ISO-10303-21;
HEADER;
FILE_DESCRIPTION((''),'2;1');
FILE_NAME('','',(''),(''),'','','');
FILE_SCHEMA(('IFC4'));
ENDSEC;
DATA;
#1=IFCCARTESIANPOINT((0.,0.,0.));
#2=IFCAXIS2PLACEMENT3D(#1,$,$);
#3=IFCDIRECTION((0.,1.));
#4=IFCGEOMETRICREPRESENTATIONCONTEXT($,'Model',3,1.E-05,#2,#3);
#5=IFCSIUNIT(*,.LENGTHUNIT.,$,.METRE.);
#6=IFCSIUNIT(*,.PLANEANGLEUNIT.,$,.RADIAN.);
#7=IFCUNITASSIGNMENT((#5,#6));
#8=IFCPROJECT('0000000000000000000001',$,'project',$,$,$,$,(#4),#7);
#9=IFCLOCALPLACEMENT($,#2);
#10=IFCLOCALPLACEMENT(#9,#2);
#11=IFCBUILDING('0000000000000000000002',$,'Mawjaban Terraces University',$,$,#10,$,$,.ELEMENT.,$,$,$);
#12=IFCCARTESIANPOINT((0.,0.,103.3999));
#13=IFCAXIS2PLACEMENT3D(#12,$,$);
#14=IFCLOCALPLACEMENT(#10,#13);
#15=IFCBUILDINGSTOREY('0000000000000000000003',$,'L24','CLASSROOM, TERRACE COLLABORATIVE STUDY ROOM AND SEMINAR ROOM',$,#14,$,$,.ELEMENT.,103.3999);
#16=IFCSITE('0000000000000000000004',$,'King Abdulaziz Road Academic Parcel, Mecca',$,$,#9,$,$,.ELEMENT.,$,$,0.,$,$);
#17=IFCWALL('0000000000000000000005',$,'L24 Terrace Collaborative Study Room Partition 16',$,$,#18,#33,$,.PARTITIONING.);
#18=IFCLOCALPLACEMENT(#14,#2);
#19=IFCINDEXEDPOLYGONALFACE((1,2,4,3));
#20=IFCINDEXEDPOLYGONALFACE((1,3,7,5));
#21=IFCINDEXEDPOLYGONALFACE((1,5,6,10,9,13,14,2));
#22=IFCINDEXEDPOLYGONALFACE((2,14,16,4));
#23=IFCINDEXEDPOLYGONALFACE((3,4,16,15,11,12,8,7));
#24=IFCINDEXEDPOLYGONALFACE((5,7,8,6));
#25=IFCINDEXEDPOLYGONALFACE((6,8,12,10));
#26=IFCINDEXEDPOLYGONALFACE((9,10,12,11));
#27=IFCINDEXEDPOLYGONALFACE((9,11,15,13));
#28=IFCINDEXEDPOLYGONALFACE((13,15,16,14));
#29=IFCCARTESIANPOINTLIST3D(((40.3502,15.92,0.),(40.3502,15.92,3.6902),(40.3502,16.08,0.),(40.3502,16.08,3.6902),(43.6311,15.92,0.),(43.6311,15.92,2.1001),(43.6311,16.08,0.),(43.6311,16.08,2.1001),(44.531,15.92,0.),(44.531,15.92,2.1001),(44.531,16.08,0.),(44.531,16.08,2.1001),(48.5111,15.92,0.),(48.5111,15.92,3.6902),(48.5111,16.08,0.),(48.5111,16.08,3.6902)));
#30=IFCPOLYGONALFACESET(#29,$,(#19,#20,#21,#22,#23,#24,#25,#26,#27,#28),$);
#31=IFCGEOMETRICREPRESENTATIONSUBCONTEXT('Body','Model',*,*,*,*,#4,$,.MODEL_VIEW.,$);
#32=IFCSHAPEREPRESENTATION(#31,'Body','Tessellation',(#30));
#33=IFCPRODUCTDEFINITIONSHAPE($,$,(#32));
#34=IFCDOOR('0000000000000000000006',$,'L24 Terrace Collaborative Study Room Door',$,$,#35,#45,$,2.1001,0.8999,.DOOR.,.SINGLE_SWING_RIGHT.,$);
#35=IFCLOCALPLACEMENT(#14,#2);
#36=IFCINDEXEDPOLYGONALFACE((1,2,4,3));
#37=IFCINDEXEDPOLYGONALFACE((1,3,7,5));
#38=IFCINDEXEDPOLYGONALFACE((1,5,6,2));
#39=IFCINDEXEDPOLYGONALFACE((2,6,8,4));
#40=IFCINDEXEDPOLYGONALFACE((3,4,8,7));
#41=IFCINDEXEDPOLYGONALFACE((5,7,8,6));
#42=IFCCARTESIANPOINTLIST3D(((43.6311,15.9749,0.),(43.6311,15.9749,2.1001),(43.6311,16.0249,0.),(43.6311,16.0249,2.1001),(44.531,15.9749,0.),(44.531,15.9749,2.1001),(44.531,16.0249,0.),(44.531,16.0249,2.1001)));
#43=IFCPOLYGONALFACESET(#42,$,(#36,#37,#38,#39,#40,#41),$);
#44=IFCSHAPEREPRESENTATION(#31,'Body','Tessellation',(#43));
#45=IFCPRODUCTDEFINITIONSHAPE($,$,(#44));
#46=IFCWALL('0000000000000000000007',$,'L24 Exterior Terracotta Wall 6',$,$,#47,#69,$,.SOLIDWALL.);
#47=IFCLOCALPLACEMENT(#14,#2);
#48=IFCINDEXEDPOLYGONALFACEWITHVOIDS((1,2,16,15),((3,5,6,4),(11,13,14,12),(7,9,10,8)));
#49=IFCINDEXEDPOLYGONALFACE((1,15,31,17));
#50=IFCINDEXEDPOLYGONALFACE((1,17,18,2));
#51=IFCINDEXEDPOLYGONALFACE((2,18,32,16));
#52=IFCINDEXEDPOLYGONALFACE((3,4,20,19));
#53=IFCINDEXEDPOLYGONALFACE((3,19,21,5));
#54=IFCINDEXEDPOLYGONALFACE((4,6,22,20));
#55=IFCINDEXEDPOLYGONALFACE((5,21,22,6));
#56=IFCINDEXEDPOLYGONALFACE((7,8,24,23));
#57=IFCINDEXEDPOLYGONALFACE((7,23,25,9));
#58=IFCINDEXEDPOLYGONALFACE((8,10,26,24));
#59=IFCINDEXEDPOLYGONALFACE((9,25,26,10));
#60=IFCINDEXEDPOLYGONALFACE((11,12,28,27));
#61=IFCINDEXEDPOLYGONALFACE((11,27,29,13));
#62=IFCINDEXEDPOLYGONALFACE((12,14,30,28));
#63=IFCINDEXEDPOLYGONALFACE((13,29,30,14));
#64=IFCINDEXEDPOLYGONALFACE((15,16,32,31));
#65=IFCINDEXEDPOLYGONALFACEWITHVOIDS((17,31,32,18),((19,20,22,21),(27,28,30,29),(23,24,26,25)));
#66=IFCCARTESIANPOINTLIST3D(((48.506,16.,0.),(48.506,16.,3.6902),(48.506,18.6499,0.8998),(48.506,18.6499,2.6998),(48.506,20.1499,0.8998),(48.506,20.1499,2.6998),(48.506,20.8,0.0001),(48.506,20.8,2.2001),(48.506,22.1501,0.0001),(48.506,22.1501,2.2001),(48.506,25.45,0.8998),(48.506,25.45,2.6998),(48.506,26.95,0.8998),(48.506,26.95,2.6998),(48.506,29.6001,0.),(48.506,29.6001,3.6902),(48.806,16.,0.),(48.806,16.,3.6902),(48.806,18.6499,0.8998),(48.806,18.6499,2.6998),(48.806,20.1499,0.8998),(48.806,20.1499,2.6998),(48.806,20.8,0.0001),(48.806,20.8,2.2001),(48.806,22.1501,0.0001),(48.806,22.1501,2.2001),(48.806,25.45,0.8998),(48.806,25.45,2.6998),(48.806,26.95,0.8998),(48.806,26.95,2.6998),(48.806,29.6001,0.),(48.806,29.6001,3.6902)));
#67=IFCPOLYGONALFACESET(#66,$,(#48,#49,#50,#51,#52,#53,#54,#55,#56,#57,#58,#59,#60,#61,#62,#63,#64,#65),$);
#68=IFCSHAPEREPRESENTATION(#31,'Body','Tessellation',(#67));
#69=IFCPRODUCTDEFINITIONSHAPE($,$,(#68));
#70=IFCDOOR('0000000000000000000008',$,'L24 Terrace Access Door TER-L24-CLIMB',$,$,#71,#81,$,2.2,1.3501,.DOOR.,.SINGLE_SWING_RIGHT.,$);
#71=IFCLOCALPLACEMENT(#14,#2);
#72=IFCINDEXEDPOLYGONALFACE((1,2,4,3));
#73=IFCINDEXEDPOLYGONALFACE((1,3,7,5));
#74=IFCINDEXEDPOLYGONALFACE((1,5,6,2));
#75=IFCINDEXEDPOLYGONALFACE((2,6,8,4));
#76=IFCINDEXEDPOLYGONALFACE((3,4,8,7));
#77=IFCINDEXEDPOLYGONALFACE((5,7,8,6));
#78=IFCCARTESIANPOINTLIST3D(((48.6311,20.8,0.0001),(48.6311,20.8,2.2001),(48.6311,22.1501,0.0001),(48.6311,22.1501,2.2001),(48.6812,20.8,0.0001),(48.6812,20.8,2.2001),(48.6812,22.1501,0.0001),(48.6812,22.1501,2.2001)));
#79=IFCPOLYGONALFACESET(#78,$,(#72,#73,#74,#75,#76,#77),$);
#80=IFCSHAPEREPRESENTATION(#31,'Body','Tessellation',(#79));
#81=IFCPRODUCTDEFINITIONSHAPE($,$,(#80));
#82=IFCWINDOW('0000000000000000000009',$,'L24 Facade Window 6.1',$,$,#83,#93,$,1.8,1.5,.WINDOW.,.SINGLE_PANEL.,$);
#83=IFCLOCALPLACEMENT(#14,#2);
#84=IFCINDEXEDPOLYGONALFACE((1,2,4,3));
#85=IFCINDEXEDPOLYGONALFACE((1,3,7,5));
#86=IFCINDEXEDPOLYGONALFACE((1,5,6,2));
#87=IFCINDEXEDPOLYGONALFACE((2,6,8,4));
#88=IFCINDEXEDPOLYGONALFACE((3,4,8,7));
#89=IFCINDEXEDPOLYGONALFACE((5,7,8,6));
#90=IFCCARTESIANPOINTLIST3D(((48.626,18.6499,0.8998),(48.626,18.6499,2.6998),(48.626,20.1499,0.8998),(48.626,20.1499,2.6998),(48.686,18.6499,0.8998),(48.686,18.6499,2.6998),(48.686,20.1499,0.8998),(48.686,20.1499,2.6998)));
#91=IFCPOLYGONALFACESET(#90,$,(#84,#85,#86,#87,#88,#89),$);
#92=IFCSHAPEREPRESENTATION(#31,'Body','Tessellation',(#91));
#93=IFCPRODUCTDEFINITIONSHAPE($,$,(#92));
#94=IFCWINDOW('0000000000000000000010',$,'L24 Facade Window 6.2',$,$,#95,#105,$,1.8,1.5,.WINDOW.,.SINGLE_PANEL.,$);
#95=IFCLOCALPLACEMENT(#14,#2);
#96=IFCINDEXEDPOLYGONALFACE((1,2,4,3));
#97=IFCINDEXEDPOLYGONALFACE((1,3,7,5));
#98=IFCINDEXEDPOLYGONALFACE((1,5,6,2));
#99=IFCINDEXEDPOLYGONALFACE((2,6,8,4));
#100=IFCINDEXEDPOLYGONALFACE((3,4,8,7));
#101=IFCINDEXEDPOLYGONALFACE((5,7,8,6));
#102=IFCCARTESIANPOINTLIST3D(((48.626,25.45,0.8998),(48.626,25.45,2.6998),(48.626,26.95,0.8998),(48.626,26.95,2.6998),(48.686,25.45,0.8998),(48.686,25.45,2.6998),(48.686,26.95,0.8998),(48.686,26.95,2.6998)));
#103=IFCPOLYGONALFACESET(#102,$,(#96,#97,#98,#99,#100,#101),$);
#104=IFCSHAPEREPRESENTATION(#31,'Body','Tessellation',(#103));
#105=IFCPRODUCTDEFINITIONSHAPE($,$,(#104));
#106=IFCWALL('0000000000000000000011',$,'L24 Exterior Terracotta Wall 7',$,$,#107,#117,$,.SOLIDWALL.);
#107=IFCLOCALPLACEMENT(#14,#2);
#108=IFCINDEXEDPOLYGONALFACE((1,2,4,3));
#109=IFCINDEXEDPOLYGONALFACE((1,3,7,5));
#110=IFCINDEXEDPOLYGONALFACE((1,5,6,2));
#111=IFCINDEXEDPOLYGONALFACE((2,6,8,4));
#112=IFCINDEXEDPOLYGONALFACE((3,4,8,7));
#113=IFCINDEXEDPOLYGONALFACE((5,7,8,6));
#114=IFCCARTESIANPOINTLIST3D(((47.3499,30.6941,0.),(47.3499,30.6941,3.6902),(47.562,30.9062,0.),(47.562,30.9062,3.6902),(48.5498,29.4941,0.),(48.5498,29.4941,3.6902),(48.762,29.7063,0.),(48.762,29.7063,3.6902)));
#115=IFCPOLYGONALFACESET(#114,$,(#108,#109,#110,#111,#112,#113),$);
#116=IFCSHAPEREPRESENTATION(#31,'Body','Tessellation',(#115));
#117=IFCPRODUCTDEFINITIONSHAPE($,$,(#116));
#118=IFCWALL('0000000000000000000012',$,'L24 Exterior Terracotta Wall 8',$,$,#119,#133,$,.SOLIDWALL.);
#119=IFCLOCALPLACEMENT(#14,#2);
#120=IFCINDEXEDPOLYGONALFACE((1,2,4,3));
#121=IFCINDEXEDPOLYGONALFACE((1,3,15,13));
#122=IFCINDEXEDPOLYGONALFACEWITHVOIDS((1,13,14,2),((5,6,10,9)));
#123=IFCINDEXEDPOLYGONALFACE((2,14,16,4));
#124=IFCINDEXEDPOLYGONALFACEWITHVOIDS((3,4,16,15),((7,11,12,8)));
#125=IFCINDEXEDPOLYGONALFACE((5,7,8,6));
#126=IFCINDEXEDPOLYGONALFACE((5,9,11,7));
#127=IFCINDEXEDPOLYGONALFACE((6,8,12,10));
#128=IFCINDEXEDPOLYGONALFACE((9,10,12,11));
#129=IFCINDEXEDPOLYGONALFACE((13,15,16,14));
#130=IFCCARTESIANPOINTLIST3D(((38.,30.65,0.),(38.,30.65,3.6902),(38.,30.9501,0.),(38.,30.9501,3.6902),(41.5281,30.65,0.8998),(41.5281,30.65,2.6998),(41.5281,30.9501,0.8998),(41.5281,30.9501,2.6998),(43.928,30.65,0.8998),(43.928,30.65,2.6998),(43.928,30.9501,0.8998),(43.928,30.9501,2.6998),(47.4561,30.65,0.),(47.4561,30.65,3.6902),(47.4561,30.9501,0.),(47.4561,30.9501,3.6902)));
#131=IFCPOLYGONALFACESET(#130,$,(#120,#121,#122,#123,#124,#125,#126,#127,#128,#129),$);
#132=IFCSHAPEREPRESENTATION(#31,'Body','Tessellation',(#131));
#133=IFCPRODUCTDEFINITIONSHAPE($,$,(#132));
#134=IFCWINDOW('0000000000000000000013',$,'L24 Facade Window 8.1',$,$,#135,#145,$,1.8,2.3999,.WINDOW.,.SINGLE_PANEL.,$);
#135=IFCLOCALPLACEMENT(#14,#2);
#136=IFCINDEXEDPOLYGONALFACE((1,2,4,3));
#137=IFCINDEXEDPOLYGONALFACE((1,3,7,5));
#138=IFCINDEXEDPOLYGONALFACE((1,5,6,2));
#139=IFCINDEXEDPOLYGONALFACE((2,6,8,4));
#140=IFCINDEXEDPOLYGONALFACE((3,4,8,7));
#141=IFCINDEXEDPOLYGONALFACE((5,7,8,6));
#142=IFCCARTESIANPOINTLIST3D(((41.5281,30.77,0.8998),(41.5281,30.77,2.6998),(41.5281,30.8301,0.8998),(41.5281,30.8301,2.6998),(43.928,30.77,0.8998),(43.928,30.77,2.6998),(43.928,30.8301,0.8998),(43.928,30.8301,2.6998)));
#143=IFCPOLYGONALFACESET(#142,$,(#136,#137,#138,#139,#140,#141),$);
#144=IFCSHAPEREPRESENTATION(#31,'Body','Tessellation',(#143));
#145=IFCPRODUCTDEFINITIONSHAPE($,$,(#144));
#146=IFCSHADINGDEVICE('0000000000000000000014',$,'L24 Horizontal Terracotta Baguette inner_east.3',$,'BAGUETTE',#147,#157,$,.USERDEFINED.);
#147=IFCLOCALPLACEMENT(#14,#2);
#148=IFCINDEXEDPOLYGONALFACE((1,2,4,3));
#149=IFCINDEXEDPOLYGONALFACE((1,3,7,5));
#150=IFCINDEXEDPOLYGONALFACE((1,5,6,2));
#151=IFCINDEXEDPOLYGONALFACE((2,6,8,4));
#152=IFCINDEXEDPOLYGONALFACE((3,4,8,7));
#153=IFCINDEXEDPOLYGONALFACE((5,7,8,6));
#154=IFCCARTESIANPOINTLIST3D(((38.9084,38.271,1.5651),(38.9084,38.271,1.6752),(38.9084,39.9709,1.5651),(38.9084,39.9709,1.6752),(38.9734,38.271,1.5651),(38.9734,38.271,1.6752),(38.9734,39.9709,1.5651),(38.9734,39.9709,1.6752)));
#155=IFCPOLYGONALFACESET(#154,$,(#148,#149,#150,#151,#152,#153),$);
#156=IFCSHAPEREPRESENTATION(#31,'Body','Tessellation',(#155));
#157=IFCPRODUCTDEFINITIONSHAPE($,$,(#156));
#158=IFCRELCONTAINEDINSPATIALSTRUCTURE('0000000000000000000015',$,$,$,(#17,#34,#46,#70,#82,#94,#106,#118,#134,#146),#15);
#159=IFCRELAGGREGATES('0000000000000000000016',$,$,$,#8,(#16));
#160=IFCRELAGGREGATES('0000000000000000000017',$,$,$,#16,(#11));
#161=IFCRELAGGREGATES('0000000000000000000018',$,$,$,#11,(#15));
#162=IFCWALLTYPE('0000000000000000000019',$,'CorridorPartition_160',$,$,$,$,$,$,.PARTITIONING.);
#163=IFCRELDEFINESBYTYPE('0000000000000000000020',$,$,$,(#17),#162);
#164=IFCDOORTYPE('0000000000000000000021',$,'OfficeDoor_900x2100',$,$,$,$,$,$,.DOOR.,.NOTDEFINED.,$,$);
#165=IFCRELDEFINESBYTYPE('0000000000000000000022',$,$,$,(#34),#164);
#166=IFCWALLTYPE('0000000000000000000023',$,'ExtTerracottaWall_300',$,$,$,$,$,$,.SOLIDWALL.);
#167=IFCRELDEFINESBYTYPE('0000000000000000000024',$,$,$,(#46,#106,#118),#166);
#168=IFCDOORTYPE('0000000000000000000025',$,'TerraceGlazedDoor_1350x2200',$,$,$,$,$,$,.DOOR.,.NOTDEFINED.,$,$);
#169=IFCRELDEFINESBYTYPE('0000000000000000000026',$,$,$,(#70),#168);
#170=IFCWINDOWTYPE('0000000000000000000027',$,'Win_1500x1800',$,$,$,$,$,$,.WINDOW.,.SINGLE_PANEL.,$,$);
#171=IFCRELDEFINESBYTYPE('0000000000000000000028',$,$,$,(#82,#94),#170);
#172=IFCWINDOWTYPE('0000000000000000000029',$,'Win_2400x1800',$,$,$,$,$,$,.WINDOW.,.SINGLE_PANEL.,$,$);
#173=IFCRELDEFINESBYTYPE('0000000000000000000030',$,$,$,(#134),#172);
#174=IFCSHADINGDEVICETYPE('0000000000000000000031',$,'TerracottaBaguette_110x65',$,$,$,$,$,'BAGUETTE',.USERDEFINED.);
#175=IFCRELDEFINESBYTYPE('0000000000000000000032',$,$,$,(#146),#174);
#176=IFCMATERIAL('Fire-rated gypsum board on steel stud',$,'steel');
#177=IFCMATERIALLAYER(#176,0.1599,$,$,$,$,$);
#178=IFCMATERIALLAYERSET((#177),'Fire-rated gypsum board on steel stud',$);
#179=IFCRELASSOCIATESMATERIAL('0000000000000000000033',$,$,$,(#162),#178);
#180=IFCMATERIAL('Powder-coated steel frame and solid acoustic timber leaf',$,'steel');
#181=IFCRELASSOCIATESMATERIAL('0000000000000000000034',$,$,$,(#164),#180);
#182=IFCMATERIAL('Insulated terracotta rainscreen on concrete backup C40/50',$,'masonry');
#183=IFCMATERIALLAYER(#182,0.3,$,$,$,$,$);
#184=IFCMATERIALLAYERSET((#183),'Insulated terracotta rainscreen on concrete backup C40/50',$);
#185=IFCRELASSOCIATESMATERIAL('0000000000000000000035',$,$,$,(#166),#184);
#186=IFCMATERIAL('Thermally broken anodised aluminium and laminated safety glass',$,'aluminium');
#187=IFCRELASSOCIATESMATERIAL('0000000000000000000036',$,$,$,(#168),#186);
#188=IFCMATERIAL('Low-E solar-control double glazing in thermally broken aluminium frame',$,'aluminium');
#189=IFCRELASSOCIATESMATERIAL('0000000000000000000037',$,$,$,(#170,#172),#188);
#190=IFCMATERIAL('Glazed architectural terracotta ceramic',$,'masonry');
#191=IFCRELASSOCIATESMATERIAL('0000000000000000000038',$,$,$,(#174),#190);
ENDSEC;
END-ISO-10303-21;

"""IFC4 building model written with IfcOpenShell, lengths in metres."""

from ifc_helpers import new_model, si_unit, direction, frame, frame_2d, origin, origin_2d, place, context, subcontext, project, spatial, rectangle, extrude, material, layer, layer_set, material_profile, profile_set, type_object, element, fill, save


model = new_model("IFC4")

# Units and contexts
model_context = context("Model", 3, precision=1e-05, world=origin(), true_north=direction((0.0, 1.0)))
body_context = subcontext(model_context, "Body", "Model", "MODEL_VIEW")
ifc_project = project(units=[si_unit("LENGTHUNIT", "METRE"), si_unit("PLANEANGLEUNIT", "RADIAN")], contexts=[model_context])

# Site, building, storey
site_placement = place(None, origin())
site = spatial("IfcSite", under=ifc_project, at=site_placement, Name="King Abdulaziz Road Academic Parcel, Mecca", CompositionType="ELEMENT", RefElevation=0.0)
building_placement = place(site_placement, origin())
building = spatial("IfcBuilding", under=site, at=building_placement, Name="Mawjaban Terraces University", CompositionType="ELEMENT")
storey_placement = place(building_placement, frame((0.0, 0.0, 103.3999)))
storey = spatial("IfcBuildingStorey", under=building, at=storey_placement, Name="L24", Description="CLASSROOM, TERRACE COLLABORATIVE STUDY ROOM AND SEMINAR ROOM", CompositionType="ELEMENT", Elevation=103.3999)

# Shared definitions
ifc_material_1 = material(Name="Fire-rated gypsum board on steel stud", Category="steel")
ifc_layer_1 = layer(ifc_material_1, 0.1599)
ifc_layer_set_1 = layer_set([ifc_layer_1], Name="Fire-rated gypsum board on steel stud")
wall_type_1 = type_object("IfcWallType", Name="CorridorPartition_160", PredefinedType="PARTITIONING", material=ifc_layer_set_1)

# Wall, opening, door
wall_1_placement = place(storey_placement, frame((40.3501, 16.0, 0.0), z_axis=(0.0, 0.0, 1.0), x_axis=(1.0, 0.0, 0.0)))
wall_1 = element("IfcWall", 1, at=wall_1_placement, inside=storey, type_object=wall_type_1, Name="L24 Terrace Collaborative Study Room Partition 16", PredefinedType="PARTITIONING", context=body_context, shape_type="SweptSolid", body=[
    extrude(rectangle(XDim=8.1609, YDim=0.1599, at=frame_2d((4.0806, 0.0))), origin(), (0.0, 0.0, 1.0), 3.6902),
])
opening_1_placement = place(wall_1_placement, frame((3.281, 0.0, 0.0)))
opening_1 = element("IfcOpeningElement", 2, at=opening_1_placement, cuts=wall_1, PredefinedType="OPENING", context=body_context, shape_type="SweptSolid", body=[
    extrude(rectangle(XDim=0.8999, YDim=2.1001, at=frame_2d((0.45, 1.05))), frame((0.0, 0.0898, 0.0), z_axis=(0.0, -1.0, 0.0), x_axis=(1.0, 0.0, 0.0)), (0.0, 0.0, 1.0), 0.1799),
])
ifc_material_2 = material(Name="Powder-coated steel frame and solid acoustic timber leaf", Category="steel")
door_type_1 = type_object("IfcDoorType", Name="OfficeDoor_900x2100", OperationType="NOTDEFINED", PredefinedType="DOOR", material=ifc_material_2)
door_1_placement = place(opening_1_placement, origin())
door_1 = element("IfcDoor", 3, at=door_1_placement, inside=storey, type_object=door_type_1, Name="L24 Terrace Collaborative Study Room Door", OperationType="SINGLE_SWING_RIGHT", OverallHeight=2.1001, OverallWidth=0.8999, PredefinedType="DOOR", context=body_context, shape_type="SweptSolid", body=[
    extrude(rectangle(XDim=0.8999, YDim=2.1001, at=frame_2d((0.45, 1.05))), frame((0.0, 0.0249, 0.0), z_axis=(0.0, -1.0, 0.0), x_axis=(1.0, 0.0, 0.0)), (0.0, 0.0, 1.0), 0.05),
])
fill(opening_1, door_1)

# Wall, openings, door, windows
ifc_material_3 = material(Name="Insulated terracotta rainscreen on concrete backup C40/50", Category="masonry")
ifc_layer_2 = layer(ifc_material_3, 0.3)
ifc_layer_set_2 = layer_set([ifc_layer_2], Name="Insulated terracotta rainscreen on concrete backup C40/50")
wall_type_2 = type_object("IfcWallType", Name="ExtTerracottaWall_300", PredefinedType="SOLIDWALL", material=ifc_layer_set_2)
wall_2_placement = place(storey_placement, frame((48.656, 16.0, 0.0), z_axis=(0.0, 0.0, 1.0), x_axis=(0.0, 1.0, 0.0)))
wall_2 = element("IfcWall", 4, at=wall_2_placement, inside=storey, type_object=wall_type_2, Name="L24 Exterior Terracotta Wall 6", PredefinedType="SOLIDWALL", context=body_context, shape_type="SweptSolid", body=[
    extrude(rectangle(XDim=13.6001, YDim=0.3, at=frame_2d((6.8, 0.0))), origin(), (0.0, 0.0, 1.0), 3.6902),
])
opening_2_placement = place(wall_2_placement, frame((4.8, 0.0, 0.0)))
opening_2 = element("IfcOpeningElement", 5, at=opening_2_placement, cuts=wall_2, PredefinedType="OPENING", context=body_context, shape_type="SweptSolid", body=[
    extrude(rectangle(XDim=1.3501, YDim=2.2, at=frame_2d((0.675, 1.1001))), frame((0.0, 0.1599, 0.0), z_axis=(0.0, -1.0, 0.0), x_axis=(1.0, 0.0, 0.0)), (0.0, 0.0, 1.0), 0.3201),
])
opening_3_placement = place(wall_2_placement, frame((2.6499, 0.0, 0.8999)))
opening_3 = element("IfcOpeningElement", 6, at=opening_3_placement, cuts=wall_2, PredefinedType="OPENING", context=body_context, shape_type="SweptSolid", body=[
    extrude(rectangle(XDim=1.5, YDim=1.8, at=frame_2d((0.75, 0.8999))), frame((0.0, 0.1599, 0.0), z_axis=(0.0, -1.0, 0.0), x_axis=(1.0, 0.0, 0.0)), (0.0, 0.0, 1.0), 0.3201),
])
opening_4_placement = place(wall_2_placement, frame((9.45, 0.0, 0.8999)))
opening_4 = element("IfcOpeningElement", 7, at=opening_4_placement, cuts=wall_2, PredefinedType="OPENING", context=body_context, shape_type="SweptSolid", body=[
    extrude(rectangle(XDim=1.5, YDim=1.8, at=frame_2d((0.75, 0.8999))), frame((0.0, 0.1599, 0.0), z_axis=(0.0, -1.0, 0.0), x_axis=(1.0, 0.0, 0.0)), (0.0, 0.0, 1.0), 0.3201),
])
ifc_material_4 = material(Name="Thermally broken anodised aluminium and laminated safety glass", Category="aluminium")
door_type_2 = type_object("IfcDoorType", Name="TerraceGlazedDoor_1350x2200", OperationType="NOTDEFINED", PredefinedType="DOOR", material=ifc_material_4)
door_2_placement = place(opening_2_placement, origin())
door_2 = element("IfcDoor", 8, at=door_2_placement, inside=storey, type_object=door_type_2, Name="L24 Terrace Access Door TER-L24-CLIMB", OperationType="SINGLE_SWING_RIGHT", OverallHeight=2.2, OverallWidth=1.3501, PredefinedType="DOOR", context=body_context, shape_type="SweptSolid", body=[
    extrude(rectangle(XDim=1.3501, YDim=2.2, at=frame_2d((0.675, 1.1001))), frame((0.0, 0.0249, 0.0), z_axis=(0.0, -1.0, 0.0), x_axis=(1.0, 0.0, 0.0)), (0.0, 0.0, 1.0), 0.05),
])
fill(opening_2, door_2)
ifc_material_5 = material(Name="Low-E solar-control double glazing in thermally broken aluminium frame", Category="aluminium")
window_type_1 = type_object("IfcWindowType", Name="Win_1500x1800", PartitioningType="SINGLE_PANEL", PredefinedType="WINDOW", material=ifc_material_5)
window_1_placement = place(opening_3_placement, origin())
window_1 = element("IfcWindow", 9, at=window_1_placement, inside=storey, type_object=window_type_1, Name="L24 Facade Window 6.1", OverallHeight=1.8, OverallWidth=1.5, PartitioningType="SINGLE_PANEL", PredefinedType="WINDOW", context=body_context, shape_type="SweptSolid", body=[
    extrude(rectangle(XDim=1.5, YDim=1.8, at=frame_2d((0.75, 0.8999))), frame((0.0, 0.03, 0.0), z_axis=(0.0, -1.0, 0.0), x_axis=(1.0, 0.0, 0.0)), (0.0, 0.0, 1.0), 0.0601),
])
fill(opening_3, window_1)
window_2_placement = place(opening_4_placement, origin())
window_2 = element("IfcWindow", 10, at=window_2_placement, inside=storey, type_object=window_type_1, Name="L24 Facade Window 6.2", OverallHeight=1.8, OverallWidth=1.5, PartitioningType="SINGLE_PANEL", PredefinedType="WINDOW", context=body_context, shape_type="SweptSolid", body=[
    extrude(rectangle(XDim=1.5, YDim=1.8, at=frame_2d((0.75, 0.8999))), frame((0.0, 0.03, 0.0), z_axis=(0.0, -1.0, 0.0), x_axis=(1.0, 0.0, 0.0)), (0.0, 0.0, 1.0), 0.0601),
])
fill(opening_4, window_2)

# Wall
wall_3_placement = place(storey_placement, frame((48.656, 29.6001, 0.0), z_axis=(0.0, 0.0, 1.0), x_axis=(-0.707107, 0.707107, 0.0)))
element("IfcWall", 11, at=wall_3_placement, inside=storey, type_object=wall_type_2, Name="L24 Exterior Terracotta Wall 7", PredefinedType="SOLIDWALL", context=body_context, shape_type="SweptSolid", body=[
    extrude(rectangle(XDim=1.697, YDim=0.3, at=frame_2d((0.8486, 0.0))), origin(), (0.0, 0.0, 1.0), 3.6902),
])

# Wall, opening, window
wall_4_placement = place(storey_placement, frame((47.4561, 30.8, 0.0), z_axis=(0.0, 0.0, 1.0), x_axis=(-1.0, 0.0, 0.0)))
wall_4 = element("IfcWall", 12, at=wall_4_placement, inside=storey, type_object=wall_type_2, Name="L24 Exterior Terracotta Wall 8", PredefinedType="SOLIDWALL", context=body_context, shape_type="SweptSolid", body=[
    extrude(rectangle(XDim=9.4561, YDim=0.3, at=frame_2d((4.728, 0.0))), origin(), (0.0, 0.0, 1.0), 3.6902),
])
opening_5_placement = place(wall_4_placement, frame((3.5281, 0.0, 0.8999)))
opening_5 = element("IfcOpeningElement", 13, at=opening_5_placement, cuts=wall_4, PredefinedType="OPENING", context=body_context, shape_type="SweptSolid", body=[
    extrude(rectangle(XDim=2.3999, YDim=1.8, at=frame_2d((1.2, 0.8999))), frame((0.0, 0.1599, 0.0), z_axis=(0.0, -1.0, 0.0), x_axis=(1.0, 0.0, 0.0)), (0.0, 0.0, 1.0), 0.3201),
])
window_type_2 = type_object("IfcWindowType", Name="Win_2400x1800", PartitioningType="SINGLE_PANEL", PredefinedType="WINDOW", material=ifc_material_5)
window_3_placement = place(opening_5_placement, origin())
window_3 = element("IfcWindow", 14, at=window_3_placement, inside=storey, type_object=window_type_2, Name="L24 Facade Window 8.1", OverallHeight=1.8, OverallWidth=2.3999, PartitioningType="SINGLE_PANEL", PredefinedType="WINDOW", context=body_context, shape_type="SweptSolid", body=[
    extrude(rectangle(XDim=2.3999, YDim=1.8, at=frame_2d((1.2, 0.8999))), frame((0.0, 0.03, 0.0), z_axis=(0.0, -1.0, 0.0), x_axis=(1.0, 0.0, 0.0)), (0.0, 0.0, 1.0), 0.0601),
])
fill(opening_5, window_3)

# Shading device
ifc_material_6 = material(Name="Glazed architectural terracotta ceramic", Category="masonry")
ifc_material_profile_1 = material_profile(ifc_material_6, rectangle(XDim=0.0649, YDim=0.1101, at=origin_2d()), Name="TBAG110X65")
ifc_profile_set_1 = profile_set([ifc_material_profile_1], Name="Glazed architectural terracotta ceramic")
shading_device_type = type_object("IfcShadingDeviceType", Name="TerracottaBaguette_110x65", ElementType="BAGUETTE", PredefinedType="USERDEFINED", material=ifc_profile_set_1)
shading_device_placement = place(storey_placement, frame((38.9409, 38.271, 1.6201), z_axis=(0.0, 1.0, 0.0), x_axis=(-1.0, 0.0, 0.0)))
element("IfcShadingDevice", 15, at=shading_device_placement, inside=storey, type_object=shading_device_type, Name="L24 Horizontal Terracotta Baguette inner_east.3", ObjectType="BAGUETTE", PredefinedType="USERDEFINED", context=body_context, shape_type="SweptSolid", body=[
    extrude(rectangle(XDim=0.0649, YDim=0.1101, at=origin_2d()), origin(), (0.0, 0.0, 1.0), 1.7),
])

save(model, "model.ifc")
